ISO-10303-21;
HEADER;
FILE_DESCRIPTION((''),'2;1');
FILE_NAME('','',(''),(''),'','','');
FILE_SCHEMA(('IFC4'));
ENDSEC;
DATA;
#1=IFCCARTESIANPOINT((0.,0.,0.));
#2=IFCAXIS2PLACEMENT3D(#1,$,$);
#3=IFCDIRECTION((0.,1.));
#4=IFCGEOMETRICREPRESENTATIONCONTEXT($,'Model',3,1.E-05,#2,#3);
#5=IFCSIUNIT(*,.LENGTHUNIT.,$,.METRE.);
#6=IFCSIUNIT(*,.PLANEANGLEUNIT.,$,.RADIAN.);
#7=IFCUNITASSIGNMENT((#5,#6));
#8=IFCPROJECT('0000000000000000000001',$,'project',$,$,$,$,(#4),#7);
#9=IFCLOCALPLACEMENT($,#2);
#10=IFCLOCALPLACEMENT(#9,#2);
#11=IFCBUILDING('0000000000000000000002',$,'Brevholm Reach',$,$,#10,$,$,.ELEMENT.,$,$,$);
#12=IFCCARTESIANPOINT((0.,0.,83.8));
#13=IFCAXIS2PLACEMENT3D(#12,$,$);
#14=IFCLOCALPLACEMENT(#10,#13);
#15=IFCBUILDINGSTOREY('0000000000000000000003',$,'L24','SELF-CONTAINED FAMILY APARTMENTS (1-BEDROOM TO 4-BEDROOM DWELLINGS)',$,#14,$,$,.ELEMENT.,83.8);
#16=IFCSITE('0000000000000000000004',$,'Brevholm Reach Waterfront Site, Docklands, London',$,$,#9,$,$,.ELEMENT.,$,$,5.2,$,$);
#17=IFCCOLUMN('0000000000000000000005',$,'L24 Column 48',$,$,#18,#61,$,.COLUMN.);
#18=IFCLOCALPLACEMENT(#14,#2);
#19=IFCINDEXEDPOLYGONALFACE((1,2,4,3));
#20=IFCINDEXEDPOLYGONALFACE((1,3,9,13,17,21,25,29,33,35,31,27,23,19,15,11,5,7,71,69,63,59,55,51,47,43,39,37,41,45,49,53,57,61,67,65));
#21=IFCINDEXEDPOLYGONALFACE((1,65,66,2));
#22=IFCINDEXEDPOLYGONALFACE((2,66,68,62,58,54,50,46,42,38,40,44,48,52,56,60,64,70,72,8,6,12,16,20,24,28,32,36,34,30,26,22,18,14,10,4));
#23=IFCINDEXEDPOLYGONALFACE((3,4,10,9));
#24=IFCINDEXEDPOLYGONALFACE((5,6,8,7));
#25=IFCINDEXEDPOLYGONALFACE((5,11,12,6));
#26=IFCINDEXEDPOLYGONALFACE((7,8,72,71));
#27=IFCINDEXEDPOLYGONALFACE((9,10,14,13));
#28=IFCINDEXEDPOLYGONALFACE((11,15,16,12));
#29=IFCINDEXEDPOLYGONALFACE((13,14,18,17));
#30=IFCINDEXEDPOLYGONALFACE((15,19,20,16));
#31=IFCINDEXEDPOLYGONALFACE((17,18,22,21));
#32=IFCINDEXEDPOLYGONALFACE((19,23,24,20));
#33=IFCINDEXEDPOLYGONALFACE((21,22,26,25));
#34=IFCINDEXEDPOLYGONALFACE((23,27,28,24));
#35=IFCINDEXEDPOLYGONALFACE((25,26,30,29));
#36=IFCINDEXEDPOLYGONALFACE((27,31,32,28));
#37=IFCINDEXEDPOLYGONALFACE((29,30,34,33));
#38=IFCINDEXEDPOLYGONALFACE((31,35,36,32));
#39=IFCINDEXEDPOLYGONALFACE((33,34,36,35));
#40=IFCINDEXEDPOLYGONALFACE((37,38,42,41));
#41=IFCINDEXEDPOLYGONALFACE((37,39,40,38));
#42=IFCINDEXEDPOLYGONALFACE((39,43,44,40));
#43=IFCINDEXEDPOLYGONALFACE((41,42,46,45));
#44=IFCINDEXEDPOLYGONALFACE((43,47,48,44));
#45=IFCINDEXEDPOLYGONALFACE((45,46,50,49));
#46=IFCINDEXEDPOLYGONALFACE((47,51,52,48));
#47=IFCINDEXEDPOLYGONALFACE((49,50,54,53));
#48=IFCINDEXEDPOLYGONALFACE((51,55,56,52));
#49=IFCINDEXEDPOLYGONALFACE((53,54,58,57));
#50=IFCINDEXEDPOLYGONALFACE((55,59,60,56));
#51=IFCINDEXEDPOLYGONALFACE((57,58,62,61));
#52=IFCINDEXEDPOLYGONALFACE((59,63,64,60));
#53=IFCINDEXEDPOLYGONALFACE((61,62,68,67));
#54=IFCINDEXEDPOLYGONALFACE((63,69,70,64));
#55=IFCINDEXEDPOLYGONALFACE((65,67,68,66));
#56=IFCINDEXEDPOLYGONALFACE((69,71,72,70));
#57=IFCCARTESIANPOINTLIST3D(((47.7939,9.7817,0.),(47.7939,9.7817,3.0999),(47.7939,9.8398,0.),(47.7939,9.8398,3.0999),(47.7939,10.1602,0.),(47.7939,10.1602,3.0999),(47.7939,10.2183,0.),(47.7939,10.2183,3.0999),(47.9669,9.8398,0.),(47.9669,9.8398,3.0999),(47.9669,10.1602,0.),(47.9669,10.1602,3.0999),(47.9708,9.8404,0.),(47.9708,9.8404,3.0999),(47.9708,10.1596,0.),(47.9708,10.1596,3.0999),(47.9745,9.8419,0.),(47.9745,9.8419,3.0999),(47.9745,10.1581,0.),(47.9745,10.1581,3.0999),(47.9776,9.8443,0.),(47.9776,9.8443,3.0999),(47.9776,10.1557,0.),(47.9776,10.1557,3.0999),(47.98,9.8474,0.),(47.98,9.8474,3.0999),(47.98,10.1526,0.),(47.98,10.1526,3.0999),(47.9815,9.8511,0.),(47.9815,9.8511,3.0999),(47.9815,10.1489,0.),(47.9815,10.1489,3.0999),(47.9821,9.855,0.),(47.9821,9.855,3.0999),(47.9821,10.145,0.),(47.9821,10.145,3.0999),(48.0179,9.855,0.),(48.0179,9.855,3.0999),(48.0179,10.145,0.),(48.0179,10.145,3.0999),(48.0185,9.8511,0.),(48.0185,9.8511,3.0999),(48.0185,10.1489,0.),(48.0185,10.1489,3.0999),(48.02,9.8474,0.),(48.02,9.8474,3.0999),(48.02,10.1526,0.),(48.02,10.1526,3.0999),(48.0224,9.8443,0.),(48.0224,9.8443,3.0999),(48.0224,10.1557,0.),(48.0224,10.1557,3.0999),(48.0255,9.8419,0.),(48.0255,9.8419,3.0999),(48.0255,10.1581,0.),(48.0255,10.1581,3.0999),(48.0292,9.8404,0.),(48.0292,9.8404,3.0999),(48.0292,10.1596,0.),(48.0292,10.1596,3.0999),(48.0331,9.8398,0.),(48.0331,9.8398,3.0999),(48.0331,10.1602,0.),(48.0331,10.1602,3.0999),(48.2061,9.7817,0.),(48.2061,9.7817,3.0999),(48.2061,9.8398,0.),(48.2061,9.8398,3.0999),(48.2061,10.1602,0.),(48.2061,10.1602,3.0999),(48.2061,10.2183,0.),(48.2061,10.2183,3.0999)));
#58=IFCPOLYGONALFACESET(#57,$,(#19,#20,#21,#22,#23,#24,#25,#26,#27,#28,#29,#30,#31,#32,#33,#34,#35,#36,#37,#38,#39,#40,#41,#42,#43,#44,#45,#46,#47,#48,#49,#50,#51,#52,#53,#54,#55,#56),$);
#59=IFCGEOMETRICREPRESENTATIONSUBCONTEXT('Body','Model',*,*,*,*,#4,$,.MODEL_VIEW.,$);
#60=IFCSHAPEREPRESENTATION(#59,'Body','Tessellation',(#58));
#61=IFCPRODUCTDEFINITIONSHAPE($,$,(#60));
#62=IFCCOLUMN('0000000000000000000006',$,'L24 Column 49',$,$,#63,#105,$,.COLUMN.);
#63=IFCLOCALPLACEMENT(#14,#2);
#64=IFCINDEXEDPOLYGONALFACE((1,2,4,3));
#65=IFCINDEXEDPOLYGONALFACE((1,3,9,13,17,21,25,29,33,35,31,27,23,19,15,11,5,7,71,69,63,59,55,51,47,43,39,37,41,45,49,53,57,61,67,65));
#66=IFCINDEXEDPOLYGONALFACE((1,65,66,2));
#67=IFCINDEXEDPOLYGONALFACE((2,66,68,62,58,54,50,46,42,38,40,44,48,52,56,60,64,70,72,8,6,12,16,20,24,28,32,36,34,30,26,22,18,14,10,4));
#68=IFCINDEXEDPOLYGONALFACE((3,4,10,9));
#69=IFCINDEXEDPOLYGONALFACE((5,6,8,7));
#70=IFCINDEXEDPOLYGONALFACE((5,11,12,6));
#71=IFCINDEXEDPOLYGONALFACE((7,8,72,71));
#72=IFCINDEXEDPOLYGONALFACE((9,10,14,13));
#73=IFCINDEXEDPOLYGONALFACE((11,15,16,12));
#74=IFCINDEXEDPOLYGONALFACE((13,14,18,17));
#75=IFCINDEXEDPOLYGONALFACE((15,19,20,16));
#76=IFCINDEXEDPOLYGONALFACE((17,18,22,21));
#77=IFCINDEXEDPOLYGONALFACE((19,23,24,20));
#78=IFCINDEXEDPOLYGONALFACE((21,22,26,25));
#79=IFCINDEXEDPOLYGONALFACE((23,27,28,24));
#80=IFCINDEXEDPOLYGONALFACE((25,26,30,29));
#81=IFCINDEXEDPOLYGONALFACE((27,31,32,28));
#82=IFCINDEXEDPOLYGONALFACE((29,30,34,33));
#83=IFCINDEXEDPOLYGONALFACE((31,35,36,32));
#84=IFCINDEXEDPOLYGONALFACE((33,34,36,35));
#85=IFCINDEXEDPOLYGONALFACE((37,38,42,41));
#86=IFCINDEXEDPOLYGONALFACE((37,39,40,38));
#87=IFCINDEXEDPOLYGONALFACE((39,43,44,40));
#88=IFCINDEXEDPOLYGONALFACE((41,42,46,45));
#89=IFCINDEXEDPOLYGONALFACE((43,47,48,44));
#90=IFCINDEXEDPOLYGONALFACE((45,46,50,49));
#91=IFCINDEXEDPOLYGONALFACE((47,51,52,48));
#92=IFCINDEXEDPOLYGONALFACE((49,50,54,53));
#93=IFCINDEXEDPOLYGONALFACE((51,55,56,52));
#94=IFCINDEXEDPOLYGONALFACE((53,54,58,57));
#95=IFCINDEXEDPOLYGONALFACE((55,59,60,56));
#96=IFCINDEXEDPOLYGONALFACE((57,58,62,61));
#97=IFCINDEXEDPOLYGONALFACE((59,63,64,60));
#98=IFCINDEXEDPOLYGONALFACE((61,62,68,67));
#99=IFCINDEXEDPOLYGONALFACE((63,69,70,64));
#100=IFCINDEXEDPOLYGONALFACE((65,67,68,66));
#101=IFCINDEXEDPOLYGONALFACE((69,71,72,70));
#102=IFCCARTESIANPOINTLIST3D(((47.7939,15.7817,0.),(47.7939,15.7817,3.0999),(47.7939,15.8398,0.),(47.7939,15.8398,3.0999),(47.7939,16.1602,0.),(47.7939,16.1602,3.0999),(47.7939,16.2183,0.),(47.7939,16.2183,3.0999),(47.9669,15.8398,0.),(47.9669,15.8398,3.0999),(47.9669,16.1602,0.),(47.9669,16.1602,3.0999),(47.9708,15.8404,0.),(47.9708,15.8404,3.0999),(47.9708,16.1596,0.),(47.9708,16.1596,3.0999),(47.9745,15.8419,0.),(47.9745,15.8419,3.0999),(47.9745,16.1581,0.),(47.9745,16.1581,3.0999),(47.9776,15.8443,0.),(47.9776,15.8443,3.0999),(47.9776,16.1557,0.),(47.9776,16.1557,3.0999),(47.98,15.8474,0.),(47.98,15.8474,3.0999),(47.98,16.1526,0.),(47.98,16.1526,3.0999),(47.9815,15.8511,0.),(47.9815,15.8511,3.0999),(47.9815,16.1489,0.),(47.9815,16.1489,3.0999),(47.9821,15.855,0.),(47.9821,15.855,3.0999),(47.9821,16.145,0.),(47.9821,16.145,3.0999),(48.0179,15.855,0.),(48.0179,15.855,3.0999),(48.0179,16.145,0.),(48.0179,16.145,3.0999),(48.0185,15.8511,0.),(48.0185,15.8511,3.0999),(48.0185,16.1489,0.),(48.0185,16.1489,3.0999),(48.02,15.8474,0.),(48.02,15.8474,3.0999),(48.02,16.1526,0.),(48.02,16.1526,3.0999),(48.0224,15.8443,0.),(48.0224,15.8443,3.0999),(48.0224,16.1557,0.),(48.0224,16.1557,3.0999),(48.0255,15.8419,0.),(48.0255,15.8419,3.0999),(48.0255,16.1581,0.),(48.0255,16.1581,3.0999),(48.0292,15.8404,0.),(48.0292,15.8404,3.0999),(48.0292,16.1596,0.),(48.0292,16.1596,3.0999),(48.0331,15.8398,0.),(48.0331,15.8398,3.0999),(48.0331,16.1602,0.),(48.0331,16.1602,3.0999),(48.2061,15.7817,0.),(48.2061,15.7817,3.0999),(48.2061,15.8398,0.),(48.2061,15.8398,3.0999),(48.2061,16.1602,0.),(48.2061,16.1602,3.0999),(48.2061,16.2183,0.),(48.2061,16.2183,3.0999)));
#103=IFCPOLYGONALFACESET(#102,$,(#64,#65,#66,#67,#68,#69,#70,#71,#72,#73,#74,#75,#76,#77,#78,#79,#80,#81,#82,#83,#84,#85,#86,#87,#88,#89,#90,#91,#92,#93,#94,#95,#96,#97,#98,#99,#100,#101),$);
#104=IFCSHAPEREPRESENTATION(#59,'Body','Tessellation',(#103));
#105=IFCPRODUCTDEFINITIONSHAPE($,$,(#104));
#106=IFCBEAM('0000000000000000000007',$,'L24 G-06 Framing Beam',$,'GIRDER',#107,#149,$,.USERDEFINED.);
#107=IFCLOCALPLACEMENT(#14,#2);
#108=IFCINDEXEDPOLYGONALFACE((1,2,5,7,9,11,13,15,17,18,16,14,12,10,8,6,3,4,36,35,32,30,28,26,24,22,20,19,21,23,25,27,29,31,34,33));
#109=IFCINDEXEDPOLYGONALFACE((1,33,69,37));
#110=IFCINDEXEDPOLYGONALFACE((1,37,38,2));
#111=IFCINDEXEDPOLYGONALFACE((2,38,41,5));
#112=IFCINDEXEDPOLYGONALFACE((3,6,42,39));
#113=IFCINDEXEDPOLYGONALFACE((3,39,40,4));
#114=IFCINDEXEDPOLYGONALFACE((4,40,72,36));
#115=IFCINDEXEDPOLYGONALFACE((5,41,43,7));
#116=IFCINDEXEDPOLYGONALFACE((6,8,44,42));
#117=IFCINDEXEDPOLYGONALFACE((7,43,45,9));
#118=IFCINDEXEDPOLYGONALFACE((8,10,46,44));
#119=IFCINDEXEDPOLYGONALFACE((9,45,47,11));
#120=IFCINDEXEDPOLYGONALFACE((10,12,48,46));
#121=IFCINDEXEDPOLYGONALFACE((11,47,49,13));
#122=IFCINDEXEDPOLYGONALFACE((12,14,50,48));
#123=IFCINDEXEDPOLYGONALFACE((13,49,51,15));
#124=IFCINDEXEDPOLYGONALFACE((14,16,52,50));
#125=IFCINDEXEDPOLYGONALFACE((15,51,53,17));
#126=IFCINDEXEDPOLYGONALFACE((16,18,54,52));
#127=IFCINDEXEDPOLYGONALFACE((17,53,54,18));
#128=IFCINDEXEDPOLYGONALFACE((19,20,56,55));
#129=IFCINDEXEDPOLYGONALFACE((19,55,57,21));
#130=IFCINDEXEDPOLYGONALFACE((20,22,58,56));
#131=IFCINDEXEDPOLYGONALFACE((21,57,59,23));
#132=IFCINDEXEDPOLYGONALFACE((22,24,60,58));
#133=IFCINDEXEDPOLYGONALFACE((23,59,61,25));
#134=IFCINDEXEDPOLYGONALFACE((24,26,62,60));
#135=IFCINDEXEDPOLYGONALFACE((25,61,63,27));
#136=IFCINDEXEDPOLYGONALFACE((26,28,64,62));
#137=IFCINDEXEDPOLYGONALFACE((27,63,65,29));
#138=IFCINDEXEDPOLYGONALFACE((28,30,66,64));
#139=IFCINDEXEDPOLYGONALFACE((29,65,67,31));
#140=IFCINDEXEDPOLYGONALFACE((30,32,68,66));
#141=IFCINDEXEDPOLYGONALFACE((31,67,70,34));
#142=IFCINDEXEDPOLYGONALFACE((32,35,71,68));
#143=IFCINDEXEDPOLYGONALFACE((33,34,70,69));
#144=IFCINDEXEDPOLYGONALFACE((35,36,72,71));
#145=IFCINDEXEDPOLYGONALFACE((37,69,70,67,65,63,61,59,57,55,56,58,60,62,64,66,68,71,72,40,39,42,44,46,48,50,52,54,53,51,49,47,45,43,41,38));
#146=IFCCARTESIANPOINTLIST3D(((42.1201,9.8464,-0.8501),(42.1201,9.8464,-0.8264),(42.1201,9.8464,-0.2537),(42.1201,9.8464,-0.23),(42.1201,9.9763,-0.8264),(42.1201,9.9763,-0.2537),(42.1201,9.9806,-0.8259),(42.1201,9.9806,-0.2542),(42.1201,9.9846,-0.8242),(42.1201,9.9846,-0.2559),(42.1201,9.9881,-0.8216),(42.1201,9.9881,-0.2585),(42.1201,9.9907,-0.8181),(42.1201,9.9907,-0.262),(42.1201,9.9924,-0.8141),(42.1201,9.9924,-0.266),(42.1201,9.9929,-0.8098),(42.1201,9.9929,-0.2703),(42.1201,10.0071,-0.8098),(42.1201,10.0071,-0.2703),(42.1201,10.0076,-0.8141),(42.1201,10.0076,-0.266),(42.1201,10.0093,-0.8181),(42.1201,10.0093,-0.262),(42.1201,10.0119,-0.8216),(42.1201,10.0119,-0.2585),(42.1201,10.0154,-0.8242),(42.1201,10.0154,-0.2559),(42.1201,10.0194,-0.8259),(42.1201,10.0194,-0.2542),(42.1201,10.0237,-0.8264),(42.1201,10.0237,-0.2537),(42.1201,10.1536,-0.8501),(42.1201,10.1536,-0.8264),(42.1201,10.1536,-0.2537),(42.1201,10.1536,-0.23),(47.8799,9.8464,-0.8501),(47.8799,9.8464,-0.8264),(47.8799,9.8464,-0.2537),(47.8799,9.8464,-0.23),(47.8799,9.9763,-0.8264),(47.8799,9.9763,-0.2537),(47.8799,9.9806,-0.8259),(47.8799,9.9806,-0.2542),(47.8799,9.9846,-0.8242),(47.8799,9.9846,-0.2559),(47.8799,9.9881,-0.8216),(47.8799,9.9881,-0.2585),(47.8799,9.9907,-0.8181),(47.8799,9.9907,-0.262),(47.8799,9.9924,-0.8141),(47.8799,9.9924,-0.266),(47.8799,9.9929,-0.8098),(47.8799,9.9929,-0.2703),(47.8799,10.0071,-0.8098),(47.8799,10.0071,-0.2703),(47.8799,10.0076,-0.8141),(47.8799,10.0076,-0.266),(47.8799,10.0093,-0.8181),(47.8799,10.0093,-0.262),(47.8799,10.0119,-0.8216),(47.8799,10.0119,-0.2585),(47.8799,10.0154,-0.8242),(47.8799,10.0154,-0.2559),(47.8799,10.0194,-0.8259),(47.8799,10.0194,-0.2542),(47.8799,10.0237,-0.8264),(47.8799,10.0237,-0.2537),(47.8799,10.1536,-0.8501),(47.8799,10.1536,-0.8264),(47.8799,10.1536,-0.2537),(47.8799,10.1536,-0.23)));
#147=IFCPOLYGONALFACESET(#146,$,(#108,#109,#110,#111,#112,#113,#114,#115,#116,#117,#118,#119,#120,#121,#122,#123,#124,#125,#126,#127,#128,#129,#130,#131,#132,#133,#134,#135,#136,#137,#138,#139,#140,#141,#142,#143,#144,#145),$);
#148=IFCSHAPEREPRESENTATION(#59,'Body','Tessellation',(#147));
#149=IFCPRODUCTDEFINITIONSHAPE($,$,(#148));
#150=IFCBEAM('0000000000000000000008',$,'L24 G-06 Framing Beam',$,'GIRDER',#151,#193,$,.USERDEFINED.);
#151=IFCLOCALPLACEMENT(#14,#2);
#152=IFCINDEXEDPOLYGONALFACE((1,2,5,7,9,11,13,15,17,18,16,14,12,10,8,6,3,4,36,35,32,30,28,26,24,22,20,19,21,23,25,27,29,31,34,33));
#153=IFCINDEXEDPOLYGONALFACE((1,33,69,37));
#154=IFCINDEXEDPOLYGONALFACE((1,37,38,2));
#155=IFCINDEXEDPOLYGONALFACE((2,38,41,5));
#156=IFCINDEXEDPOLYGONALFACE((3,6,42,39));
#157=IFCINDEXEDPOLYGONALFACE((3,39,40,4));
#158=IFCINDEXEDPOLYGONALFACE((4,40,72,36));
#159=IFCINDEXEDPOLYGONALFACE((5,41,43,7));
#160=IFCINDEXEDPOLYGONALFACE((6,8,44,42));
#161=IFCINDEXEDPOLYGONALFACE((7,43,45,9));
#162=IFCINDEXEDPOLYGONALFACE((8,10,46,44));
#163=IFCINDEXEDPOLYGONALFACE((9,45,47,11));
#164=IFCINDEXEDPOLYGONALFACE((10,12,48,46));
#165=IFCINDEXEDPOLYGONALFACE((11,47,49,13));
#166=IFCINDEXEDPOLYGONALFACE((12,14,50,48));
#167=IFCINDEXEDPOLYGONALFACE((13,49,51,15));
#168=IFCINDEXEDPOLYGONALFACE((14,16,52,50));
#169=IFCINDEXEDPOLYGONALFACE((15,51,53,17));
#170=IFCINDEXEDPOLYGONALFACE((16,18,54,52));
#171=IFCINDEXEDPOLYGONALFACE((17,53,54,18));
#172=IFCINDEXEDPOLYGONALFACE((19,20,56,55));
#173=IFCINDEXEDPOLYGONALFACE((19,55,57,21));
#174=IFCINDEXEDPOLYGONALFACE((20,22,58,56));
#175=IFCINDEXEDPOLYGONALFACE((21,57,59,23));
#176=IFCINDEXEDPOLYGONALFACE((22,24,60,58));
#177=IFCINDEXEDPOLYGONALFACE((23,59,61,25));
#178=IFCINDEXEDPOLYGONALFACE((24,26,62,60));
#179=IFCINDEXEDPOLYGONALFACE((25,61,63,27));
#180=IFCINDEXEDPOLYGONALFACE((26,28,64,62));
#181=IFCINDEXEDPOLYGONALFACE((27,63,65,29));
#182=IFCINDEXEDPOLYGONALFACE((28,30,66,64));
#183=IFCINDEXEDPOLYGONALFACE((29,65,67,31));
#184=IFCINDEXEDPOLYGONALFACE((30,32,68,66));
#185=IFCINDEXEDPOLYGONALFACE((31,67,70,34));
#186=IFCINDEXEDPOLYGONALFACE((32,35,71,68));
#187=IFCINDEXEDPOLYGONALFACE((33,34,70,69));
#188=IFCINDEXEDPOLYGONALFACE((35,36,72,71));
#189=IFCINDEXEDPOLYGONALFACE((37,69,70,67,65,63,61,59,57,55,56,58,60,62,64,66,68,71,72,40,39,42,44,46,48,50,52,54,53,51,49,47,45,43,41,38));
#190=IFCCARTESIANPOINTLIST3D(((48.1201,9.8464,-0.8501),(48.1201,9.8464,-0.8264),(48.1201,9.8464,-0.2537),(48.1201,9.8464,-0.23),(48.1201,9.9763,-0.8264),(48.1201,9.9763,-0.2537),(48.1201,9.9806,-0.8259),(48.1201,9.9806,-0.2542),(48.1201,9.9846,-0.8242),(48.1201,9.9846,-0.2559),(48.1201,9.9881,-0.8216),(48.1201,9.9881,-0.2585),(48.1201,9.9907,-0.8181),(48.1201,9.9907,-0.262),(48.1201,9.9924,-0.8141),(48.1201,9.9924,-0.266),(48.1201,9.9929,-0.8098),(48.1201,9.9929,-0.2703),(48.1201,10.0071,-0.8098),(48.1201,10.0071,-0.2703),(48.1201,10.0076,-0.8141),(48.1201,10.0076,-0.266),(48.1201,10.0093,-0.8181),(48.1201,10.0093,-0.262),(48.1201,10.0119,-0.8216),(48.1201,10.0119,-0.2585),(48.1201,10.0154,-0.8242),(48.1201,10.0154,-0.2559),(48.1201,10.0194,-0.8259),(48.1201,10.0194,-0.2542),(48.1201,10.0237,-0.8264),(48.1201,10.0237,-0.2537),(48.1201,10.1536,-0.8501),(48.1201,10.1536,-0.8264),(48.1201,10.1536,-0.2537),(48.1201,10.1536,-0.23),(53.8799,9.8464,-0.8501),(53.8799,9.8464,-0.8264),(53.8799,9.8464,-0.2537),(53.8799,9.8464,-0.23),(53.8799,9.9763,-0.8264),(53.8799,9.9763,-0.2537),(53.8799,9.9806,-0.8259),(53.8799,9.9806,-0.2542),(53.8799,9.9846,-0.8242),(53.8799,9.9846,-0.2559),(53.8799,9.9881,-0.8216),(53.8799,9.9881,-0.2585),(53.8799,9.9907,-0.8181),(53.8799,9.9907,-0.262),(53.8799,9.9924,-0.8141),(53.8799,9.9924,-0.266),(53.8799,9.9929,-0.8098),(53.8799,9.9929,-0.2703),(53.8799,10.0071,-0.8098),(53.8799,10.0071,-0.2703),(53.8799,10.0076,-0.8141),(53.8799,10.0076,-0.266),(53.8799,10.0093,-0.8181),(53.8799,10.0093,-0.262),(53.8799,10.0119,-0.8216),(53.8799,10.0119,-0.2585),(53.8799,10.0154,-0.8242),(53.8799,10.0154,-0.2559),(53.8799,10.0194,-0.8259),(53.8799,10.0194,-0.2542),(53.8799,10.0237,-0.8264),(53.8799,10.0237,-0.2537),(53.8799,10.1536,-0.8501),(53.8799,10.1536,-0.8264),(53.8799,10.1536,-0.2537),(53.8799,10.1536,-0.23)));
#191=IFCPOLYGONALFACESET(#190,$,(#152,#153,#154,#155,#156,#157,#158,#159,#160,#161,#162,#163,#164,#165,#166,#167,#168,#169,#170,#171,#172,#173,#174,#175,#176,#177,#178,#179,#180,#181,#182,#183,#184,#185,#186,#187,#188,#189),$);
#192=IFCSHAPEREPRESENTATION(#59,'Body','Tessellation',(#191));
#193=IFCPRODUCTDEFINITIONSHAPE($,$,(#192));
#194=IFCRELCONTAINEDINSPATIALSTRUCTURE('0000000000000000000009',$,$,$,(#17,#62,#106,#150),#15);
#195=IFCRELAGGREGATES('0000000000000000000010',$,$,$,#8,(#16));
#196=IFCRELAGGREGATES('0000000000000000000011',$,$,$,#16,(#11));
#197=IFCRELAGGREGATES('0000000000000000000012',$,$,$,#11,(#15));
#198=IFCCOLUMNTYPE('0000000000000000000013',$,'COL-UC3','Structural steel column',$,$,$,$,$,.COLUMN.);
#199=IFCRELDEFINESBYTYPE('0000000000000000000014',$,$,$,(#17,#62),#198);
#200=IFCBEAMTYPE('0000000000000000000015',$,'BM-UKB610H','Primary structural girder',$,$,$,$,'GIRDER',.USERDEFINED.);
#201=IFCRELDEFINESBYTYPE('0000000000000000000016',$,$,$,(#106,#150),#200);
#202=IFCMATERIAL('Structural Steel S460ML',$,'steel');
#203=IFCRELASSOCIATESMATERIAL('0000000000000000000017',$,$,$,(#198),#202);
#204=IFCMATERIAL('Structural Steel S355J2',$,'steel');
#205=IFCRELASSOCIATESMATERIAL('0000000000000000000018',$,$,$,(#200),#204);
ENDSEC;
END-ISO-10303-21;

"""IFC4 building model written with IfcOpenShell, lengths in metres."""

from ifc_helpers import new_model, si_unit, direction, frame, origin, origin_2d, place, context, subcontext, project, spatial, i_section, extrude, material, material_profile, profile_set, type_object, element, save


model = new_model("IFC4")

# Units and contexts
model_context = context("Model", 3, precision=1e-05, world=origin(), true_north=direction((0.0, 1.0)))
body_context = subcontext(model_context, "Body", "Model", "MODEL_VIEW")
ifc_project = project(units=[si_unit("LENGTHUNIT", "METRE"), si_unit("PLANEANGLEUNIT", "RADIAN")], contexts=[model_context])

# Site, building, storey
site_placement = place(None, origin())
site = spatial("IfcSite", under=ifc_project, at=site_placement, Name="Brevholm Reach Waterfront Site, Docklands, London", CompositionType="ELEMENT", RefElevation=5.2)
building_placement = place(site_placement, origin())
building = spatial("IfcBuilding", under=site, at=building_placement, Name="Brevholm Reach", CompositionType="ELEMENT")
storey_placement = place(building_placement, frame((0.0, 0.0, 83.8)))
storey = spatial("IfcBuildingStorey", under=building, at=storey_placement, Name="L24", Description="SELF-CONTAINED FAMILY APARTMENTS (1-BEDROOM TO 4-BEDROOM DWELLINGS)", CompositionType="ELEMENT", Elevation=83.8)

# Columns
ifc_material_1 = material(Name="Structural Steel S460ML", Category="steel")
ifc_material_profile_1 = material_profile(ifc_material_1, i_section(OverallWidth=0.4121, OverallDepth=0.4365, WebThickness=0.0359, FlangeThickness=0.0581, FilletRadius=0.0151, at=origin_2d()), Name="UKC 356x406x467")
ifc_profile_set_1 = profile_set([ifc_material_profile_1], Name="Structural Steel S460ML")
column_type = type_object("IfcColumnType", Name="COL-UC3", Description="Structural steel column", PredefinedType="COLUMN", material=ifc_profile_set_1)
for number, where, z_axis, x_axis, name in (
    (1, (48.0, 10.0, 0.0), (0.0, 0.0, 1.0), (1.0, 0.0, 0.0), "L24 Column 48"),
    (2, (48.0, 16.0, 0.0), (0.0, 0.0, 1.0), (1.0, 0.0, 0.0), "L24 Column 49"),
):
    element("IfcColumn", number, at=place(storey_placement, frame(where, z_axis=z_axis, x_axis=x_axis)), inside=storey, type_object=column_type, Name=name, PredefinedType="COLUMN", context=body_context, shape_type="SweptSolid", body=[
        extrude(i_section(OverallWidth=0.4121, OverallDepth=0.4365, WebThickness=0.0359, FlangeThickness=0.0581, FilletRadius=0.0151, at=origin_2d()), origin(), (0.0, 0.0, 1.0), 3.0999),
    ])

# Beams
ifc_material_2 = material(Name="Structural Steel S355J2", Category="steel")
ifc_material_profile_2 = material_profile(ifc_material_2, i_section(OverallWidth=0.3071, OverallDepth=0.6201, WebThickness=0.0142, FlangeThickness=0.0237, FilletRadius=0.0166, at=origin_2d()), Name="UKB 610x305x179")
ifc_profile_set_2 = profile_set([ifc_material_profile_2], Name="Structural Steel S355J2")
beam_type = type_object("IfcBeamType", Name="BM-UKB610H", Description="Primary structural girder", ElementType="GIRDER", PredefinedType="USERDEFINED", material=ifc_profile_set_2)
for number, where, z_axis, x_axis, name in (
    (3, (42.1201, 10.0, -0.54), (1.0, 0.0, 0.0), (0.0, 1.0, 0.0), "L24 G-06 Framing Beam"),
    (4, (48.1201, 10.0, -0.54), (1.0, 0.0, 0.0), (0.0, 1.0, 0.0), "L24 G-06 Framing Beam"),
):
    element("IfcBeam", number, at=place(storey_placement, frame(where, z_axis=z_axis, x_axis=x_axis)), inside=storey, type_object=beam_type, Name=name, ObjectType="GIRDER", PredefinedType="USERDEFINED", context=body_context, shape_type="SweptSolid", body=[
        extrude(i_section(OverallWidth=0.3071, OverallDepth=0.6201, WebThickness=0.0142, FlangeThickness=0.0237, FilletRadius=0.0166, at=origin_2d()), origin(), (0.0, 0.0, 1.0), 5.7598),
    ])

save(model, "model.ifc")
